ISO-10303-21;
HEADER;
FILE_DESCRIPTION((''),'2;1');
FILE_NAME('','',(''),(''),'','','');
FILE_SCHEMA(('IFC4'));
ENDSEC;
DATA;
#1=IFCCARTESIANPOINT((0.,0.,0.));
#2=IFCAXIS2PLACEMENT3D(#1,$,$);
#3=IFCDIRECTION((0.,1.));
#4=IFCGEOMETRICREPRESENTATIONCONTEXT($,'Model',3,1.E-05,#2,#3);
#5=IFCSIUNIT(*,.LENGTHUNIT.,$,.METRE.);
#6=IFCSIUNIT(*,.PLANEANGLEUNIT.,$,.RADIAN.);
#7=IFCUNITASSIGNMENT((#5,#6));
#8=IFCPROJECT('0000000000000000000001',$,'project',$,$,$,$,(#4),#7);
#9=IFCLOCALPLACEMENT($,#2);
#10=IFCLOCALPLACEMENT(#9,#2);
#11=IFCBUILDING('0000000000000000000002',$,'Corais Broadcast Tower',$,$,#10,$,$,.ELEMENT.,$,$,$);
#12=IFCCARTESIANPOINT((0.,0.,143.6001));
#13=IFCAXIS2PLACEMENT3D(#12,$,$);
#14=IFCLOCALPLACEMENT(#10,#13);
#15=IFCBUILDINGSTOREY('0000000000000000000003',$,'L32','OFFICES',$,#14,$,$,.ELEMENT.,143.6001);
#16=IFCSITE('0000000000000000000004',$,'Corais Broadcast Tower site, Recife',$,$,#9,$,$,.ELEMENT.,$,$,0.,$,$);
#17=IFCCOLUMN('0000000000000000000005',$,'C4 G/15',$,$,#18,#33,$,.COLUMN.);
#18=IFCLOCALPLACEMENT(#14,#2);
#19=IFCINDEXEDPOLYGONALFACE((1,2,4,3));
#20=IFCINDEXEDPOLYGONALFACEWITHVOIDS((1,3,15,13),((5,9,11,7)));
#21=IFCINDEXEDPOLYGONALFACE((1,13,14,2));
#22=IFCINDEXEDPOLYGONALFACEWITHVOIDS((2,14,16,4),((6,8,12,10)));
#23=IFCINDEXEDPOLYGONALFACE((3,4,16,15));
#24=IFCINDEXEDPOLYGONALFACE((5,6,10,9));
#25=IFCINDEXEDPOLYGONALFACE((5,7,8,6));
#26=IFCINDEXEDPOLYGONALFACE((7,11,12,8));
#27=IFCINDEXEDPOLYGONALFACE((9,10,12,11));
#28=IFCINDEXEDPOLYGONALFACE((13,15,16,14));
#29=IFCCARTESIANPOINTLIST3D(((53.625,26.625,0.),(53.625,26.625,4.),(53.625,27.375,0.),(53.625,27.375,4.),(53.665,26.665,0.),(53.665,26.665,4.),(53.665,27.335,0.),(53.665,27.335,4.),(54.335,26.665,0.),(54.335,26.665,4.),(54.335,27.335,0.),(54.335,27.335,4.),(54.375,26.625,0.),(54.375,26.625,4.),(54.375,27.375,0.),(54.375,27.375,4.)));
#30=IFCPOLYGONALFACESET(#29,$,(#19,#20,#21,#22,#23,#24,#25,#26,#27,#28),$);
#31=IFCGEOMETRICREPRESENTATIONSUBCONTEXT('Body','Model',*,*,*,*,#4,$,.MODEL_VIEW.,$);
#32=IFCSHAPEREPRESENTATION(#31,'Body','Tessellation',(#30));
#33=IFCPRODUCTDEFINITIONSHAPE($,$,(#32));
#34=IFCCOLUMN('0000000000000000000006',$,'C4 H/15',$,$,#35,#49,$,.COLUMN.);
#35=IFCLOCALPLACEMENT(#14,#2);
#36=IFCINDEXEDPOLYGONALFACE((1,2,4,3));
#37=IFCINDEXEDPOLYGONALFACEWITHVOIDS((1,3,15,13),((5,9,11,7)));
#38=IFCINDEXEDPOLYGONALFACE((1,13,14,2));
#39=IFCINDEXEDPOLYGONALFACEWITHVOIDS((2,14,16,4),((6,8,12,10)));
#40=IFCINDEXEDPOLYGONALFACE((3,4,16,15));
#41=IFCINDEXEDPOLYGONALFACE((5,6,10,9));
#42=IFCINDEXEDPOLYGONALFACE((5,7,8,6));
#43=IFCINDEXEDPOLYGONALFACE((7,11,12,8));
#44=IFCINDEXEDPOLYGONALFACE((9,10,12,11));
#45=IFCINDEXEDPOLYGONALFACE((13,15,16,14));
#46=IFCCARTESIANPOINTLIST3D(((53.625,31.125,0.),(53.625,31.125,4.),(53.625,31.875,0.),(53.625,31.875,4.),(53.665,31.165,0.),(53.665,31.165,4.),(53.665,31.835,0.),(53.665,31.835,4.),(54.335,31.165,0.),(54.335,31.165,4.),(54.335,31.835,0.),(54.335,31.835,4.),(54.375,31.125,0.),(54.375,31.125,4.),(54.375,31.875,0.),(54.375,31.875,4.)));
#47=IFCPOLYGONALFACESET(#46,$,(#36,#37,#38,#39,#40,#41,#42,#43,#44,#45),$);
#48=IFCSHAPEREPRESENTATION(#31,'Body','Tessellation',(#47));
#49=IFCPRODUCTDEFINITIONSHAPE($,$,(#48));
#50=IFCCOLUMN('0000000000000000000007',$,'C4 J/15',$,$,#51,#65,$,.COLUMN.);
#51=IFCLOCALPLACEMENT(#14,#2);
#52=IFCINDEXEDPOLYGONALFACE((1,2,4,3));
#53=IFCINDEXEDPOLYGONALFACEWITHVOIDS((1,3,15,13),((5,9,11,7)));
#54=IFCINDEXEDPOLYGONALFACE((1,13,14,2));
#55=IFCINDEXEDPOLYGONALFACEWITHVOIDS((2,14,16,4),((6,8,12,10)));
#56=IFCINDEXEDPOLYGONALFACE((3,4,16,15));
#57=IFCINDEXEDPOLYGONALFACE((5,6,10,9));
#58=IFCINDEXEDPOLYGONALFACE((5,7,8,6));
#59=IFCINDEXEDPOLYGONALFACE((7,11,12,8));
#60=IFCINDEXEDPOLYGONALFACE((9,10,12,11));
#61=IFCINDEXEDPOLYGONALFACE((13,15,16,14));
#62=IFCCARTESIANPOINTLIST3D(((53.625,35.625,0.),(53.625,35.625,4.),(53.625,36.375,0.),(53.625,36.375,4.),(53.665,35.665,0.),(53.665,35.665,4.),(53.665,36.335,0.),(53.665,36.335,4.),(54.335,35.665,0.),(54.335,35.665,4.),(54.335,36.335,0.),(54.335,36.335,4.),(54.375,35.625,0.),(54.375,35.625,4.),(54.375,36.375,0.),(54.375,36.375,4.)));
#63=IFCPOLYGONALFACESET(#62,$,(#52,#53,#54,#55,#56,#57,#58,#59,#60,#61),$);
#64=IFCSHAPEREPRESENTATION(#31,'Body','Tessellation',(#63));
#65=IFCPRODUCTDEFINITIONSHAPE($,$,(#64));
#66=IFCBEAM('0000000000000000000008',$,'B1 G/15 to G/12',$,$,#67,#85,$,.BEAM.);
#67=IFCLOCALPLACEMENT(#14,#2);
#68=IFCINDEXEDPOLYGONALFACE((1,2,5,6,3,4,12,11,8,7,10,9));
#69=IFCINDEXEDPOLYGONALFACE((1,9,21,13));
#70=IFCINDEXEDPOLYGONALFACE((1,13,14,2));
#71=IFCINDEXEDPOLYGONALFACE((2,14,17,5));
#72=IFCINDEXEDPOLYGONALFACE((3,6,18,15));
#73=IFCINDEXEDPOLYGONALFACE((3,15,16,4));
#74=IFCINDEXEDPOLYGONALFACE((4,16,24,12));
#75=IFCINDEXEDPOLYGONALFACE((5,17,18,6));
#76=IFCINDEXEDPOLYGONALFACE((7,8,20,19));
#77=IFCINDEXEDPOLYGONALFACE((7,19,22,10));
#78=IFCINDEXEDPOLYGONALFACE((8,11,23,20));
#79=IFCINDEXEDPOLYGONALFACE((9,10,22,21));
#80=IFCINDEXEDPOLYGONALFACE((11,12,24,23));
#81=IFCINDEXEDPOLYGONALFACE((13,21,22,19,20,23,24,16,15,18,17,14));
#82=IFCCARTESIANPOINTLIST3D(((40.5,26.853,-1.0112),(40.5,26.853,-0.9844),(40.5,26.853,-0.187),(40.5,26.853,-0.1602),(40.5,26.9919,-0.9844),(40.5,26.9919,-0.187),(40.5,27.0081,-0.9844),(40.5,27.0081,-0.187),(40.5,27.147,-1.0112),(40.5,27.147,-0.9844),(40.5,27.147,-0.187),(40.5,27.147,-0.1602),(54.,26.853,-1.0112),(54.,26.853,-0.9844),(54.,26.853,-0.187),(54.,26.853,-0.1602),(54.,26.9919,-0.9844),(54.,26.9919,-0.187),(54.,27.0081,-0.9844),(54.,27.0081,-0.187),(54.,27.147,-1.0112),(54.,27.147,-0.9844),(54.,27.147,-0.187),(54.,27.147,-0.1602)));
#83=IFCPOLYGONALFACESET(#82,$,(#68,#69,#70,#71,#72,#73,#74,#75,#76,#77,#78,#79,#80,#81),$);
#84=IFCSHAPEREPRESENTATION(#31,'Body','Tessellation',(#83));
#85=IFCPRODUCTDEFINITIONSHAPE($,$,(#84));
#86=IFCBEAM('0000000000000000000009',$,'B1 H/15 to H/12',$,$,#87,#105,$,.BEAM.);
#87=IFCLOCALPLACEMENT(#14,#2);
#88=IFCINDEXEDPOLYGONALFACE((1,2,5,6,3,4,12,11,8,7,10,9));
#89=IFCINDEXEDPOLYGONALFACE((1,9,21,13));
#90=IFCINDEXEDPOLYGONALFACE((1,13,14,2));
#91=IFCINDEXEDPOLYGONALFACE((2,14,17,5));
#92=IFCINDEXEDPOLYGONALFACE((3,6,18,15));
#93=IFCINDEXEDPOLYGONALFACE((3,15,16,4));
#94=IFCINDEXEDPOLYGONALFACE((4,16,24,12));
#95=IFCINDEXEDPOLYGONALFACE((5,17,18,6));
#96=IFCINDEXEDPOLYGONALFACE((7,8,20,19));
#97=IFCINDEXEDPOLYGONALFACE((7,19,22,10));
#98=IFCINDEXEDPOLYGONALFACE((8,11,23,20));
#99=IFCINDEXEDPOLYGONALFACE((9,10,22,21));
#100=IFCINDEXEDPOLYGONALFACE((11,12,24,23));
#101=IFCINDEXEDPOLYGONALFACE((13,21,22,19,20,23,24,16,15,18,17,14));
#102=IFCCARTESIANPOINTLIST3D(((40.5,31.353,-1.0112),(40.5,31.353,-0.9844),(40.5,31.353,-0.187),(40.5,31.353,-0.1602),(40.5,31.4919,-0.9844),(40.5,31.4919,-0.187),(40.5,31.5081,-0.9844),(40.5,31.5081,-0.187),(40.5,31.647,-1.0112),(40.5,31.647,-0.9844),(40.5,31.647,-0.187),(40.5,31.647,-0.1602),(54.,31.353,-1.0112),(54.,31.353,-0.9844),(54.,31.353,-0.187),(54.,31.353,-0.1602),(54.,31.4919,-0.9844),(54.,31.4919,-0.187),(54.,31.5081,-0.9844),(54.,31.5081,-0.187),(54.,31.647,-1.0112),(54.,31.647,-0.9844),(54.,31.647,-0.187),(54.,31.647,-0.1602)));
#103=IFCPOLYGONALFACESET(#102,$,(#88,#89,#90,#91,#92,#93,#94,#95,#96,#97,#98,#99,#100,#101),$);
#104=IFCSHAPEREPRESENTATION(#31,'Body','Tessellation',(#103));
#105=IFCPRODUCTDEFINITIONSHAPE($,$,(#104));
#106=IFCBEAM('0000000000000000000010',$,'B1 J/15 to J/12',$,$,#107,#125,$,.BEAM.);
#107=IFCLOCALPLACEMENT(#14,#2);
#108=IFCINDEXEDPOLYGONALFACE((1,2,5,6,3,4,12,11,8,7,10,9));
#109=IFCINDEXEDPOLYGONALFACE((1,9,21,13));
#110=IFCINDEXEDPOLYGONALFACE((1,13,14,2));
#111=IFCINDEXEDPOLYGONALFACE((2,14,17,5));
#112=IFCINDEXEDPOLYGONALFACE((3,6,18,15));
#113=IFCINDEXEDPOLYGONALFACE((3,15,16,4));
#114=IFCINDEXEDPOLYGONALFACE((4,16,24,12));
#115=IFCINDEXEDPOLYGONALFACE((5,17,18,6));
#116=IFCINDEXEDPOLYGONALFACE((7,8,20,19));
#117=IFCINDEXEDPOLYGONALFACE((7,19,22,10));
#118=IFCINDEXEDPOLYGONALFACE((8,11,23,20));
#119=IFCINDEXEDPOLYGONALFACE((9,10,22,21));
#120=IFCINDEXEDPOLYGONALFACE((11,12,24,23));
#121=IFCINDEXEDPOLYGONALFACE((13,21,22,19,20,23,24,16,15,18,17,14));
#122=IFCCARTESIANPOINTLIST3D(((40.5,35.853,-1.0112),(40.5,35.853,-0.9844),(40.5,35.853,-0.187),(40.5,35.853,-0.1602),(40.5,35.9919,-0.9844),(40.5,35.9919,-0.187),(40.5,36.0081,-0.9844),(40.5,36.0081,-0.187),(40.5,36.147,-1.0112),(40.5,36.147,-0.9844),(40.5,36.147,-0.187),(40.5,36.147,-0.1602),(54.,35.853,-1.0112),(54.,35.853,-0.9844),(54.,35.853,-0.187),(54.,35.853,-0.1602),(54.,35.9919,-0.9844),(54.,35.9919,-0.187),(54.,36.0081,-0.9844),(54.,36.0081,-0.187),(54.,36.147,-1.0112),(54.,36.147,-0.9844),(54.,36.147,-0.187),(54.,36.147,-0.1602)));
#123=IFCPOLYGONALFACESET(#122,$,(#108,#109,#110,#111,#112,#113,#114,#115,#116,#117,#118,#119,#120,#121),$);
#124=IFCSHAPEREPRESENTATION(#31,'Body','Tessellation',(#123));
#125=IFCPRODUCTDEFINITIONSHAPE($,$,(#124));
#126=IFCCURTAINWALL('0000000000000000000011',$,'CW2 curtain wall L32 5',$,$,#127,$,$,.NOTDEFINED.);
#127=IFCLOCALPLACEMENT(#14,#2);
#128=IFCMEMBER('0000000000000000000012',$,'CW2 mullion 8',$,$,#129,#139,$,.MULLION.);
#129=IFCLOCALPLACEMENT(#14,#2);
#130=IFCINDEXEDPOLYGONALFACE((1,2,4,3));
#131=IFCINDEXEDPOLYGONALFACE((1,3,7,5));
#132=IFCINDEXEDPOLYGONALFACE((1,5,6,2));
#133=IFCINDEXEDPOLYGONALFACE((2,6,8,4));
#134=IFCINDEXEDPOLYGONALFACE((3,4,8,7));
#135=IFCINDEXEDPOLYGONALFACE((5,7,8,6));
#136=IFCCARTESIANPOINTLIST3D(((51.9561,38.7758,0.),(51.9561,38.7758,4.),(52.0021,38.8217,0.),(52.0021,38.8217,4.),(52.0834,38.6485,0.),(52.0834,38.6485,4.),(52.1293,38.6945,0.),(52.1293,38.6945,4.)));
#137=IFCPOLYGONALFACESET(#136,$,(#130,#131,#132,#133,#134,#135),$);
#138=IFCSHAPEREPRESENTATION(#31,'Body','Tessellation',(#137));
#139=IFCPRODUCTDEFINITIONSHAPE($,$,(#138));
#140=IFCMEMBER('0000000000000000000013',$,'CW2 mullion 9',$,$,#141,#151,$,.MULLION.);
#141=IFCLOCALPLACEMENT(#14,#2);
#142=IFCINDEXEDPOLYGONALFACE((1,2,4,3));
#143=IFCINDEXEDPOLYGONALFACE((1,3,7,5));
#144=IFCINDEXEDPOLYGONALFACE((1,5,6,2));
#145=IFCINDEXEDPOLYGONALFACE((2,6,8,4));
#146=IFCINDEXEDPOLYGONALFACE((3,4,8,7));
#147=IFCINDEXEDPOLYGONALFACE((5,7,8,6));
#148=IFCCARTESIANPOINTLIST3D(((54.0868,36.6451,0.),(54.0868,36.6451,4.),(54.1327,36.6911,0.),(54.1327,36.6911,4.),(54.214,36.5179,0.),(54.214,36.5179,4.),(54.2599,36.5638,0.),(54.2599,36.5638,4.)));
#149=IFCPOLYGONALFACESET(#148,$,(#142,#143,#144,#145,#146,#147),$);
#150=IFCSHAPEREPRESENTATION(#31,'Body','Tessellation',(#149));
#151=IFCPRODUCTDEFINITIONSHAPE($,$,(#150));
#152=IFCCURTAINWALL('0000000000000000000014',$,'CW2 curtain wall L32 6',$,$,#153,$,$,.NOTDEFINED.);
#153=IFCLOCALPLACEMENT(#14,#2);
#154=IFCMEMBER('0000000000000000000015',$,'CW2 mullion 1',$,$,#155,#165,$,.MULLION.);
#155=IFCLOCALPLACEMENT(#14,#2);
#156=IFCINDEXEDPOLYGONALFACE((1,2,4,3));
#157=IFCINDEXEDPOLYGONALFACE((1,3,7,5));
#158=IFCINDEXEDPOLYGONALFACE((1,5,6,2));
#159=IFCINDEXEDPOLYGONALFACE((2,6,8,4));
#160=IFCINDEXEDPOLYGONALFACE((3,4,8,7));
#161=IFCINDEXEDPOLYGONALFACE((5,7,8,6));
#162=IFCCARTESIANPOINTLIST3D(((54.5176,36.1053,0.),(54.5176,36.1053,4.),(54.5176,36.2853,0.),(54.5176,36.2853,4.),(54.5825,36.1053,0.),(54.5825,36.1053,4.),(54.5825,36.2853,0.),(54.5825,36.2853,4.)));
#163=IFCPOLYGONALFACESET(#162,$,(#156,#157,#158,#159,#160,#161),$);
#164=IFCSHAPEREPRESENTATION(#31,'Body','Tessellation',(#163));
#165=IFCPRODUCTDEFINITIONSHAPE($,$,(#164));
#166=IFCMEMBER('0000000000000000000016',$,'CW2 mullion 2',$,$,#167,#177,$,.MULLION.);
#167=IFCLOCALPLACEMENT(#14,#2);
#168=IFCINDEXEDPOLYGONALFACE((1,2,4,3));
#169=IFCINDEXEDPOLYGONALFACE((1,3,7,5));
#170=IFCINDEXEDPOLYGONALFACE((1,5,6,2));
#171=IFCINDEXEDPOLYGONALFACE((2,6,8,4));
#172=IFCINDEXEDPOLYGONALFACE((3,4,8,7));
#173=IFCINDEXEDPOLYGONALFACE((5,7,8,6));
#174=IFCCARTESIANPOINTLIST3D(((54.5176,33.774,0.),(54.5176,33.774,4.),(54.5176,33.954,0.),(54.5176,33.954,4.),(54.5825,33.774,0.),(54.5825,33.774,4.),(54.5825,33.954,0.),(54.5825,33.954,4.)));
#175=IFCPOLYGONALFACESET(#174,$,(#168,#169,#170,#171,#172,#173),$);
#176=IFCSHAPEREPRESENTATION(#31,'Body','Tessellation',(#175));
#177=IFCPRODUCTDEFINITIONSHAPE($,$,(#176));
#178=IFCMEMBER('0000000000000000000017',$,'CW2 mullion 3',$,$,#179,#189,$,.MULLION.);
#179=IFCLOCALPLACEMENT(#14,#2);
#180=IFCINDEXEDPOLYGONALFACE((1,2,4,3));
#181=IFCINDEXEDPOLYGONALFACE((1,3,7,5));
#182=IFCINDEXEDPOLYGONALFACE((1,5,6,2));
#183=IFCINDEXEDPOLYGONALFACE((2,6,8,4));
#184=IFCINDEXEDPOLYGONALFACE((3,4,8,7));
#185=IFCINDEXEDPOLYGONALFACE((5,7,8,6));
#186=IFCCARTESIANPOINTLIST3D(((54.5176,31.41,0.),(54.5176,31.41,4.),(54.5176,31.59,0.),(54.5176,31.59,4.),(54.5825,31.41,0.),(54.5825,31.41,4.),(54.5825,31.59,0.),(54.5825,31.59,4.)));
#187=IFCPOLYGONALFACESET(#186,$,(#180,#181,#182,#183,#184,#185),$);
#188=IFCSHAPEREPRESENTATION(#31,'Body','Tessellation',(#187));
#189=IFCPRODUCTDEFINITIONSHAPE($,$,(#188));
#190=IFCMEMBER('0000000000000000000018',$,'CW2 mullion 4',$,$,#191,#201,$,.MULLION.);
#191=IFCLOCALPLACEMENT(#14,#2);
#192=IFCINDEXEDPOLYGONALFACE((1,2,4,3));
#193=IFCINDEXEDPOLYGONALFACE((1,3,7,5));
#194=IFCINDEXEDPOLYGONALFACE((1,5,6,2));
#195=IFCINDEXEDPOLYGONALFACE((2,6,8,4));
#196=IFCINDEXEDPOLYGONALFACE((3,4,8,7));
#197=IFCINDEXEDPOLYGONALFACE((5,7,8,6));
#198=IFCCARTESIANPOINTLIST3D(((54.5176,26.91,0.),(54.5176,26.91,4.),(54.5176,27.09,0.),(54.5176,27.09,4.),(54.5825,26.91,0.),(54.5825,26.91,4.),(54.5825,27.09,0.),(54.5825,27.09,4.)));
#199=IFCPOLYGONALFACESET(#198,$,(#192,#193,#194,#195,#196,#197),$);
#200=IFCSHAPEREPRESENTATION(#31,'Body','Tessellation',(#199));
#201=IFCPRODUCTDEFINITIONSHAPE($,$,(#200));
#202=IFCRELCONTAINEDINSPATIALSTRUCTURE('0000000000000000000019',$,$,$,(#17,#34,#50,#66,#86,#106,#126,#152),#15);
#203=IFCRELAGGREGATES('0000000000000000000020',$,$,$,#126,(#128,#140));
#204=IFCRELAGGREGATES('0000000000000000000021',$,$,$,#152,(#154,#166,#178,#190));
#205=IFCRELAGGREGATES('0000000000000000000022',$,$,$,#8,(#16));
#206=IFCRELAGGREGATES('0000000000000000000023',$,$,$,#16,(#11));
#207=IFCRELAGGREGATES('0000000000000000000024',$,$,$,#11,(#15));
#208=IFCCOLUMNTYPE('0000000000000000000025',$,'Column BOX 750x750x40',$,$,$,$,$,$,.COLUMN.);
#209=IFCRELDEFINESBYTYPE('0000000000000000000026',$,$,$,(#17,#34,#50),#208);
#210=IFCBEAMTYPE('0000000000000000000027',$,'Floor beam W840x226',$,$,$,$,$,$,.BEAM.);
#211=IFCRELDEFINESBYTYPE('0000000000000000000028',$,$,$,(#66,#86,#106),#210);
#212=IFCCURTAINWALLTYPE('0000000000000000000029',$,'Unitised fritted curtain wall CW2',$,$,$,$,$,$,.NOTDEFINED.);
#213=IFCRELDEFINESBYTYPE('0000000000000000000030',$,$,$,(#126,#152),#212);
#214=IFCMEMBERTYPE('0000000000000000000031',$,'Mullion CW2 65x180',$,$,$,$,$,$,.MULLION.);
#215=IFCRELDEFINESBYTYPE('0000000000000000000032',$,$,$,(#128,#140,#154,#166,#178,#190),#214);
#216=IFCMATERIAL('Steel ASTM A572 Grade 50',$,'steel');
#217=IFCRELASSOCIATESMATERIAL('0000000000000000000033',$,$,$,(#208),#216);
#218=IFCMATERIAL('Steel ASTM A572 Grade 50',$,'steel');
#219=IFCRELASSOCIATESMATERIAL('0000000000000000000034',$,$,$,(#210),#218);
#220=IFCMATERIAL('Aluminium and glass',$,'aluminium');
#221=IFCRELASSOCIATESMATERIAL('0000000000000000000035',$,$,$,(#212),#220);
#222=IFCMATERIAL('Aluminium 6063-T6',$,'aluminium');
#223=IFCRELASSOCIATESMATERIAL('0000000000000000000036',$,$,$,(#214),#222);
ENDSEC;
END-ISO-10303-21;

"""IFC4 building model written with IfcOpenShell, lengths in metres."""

from ifc_helpers import new_model, si_unit, direction, frame, origin, origin_2d, place, context, subcontext, project, spatial, rectangle, hollow_rectangle, i_section, extrude, material, material_profile, profile_set, type_object, element, aggregate, save


model = new_model("IFC4")

# Units and contexts
model_context = context("Model", 3, precision=1e-05, world=origin(), true_north=direction((0.0, 1.0)))
body_context = subcontext(model_context, "Body", "Model", "MODEL_VIEW")
ifc_project = project(units=[si_unit("LENGTHUNIT", "METRE"), si_unit("PLANEANGLEUNIT", "RADIAN")], contexts=[model_context])

# Site, building, storey
site_placement = place(None, origin())
site = spatial("IfcSite", under=ifc_project, at=site_placement, Name="Corais Broadcast Tower site, Recife", CompositionType="ELEMENT", RefElevation=0.0)
building_placement = place(site_placement, origin())
building = spatial("IfcBuilding", under=site, at=building_placement, Name="Corais Broadcast Tower", CompositionType="ELEMENT")
storey_placement = place(building_placement, frame((0.0, 0.0, 143.6001)))
storey = spatial("IfcBuildingStorey", under=building, at=storey_placement, Name="L32", Description="OFFICES", CompositionType="ELEMENT", Elevation=143.6001)

# Columns
ifc_material_1 = material(Name="Steel ASTM A572 Grade 50", Category="steel")
ifc_material_profile_1 = material_profile(ifc_material_1, hollow_rectangle(XDim=0.75, YDim=0.75, WallThickness=0.04, at=origin_2d()), Name="BOX 750x750x40")
ifc_profile_set_1 = profile_set([ifc_material_profile_1], Name="Steel ASTM A572 Grade 50")
column_type = type_object("IfcColumnType", Name="Column BOX 750x750x40", PredefinedType="COLUMN", material=ifc_profile_set_1)
for number, where, z_axis, x_axis, name in (
    (1, (54.0, 27.0, 0.0), (0.0, 0.0, 1.0), (1.0, 0.0, 0.0), "C4 G/15"),
    (2, (54.0, 31.5, 0.0), (0.0, 0.0, 1.0), (1.0, 0.0, 0.0), "C4 H/15"),
    (3, (54.0, 36.0, 0.0), (0.0, 0.0, 1.0), (1.0, 0.0, 0.0), "C4 J/15"),
):
    element("IfcColumn", number, at=place(storey_placement, frame(where, z_axis=z_axis, x_axis=x_axis)), inside=storey, type_object=column_type, Name=name, PredefinedType="COLUMN", context=body_context, shape_type="SweptSolid", body=[
        extrude(hollow_rectangle(XDim=0.75, YDim=0.75, WallThickness=0.04, at=origin_2d()), origin(), (0.0, 0.0, 1.0), 4.0),
    ])

# Beams
ifc_material_2 = material(Name="Steel ASTM A572 Grade 50", Category="steel")
ifc_material_profile_2 = material_profile(ifc_material_2, i_section(OverallWidth=0.2939, OverallDepth=0.8511, WebThickness=0.0161, FlangeThickness=0.0269, at=origin_2d()), Name="W840x226")
ifc_profile_set_2 = profile_set([ifc_material_profile_2], Name="Steel ASTM A572 Grade 50")
beam_type_1 = type_object("IfcBeamType", Name="Floor beam W840x226", PredefinedType="BEAM", material=ifc_profile_set_2)
for number, where, z_axis, x_axis, name in (
    (4, (54.0, 27.0, -0.5857), (-1.0, 0.0, 0.0), (0.0, -1.0, 0.0), "B1 G/15 to G/12"),
    (5, (54.0, 31.5, -0.5857), (-1.0, 0.0, 0.0), (0.0, -1.0, 0.0), "B1 H/15 to H/12"),
    (6, (54.0, 36.0, -0.5857), (-1.0, 0.0, 0.0), (0.0, -1.0, 0.0), "B1 J/15 to J/12"),
):
    element("IfcBeam", number, at=place(storey_placement, frame(where, z_axis=z_axis, x_axis=x_axis)), inside=storey, type_object=beam_type_1, Name=name, PredefinedType="BEAM", context=body_context, shape_type="SweptSolid", body=[
        extrude(i_section(OverallWidth=0.2939, OverallDepth=0.8511, WebThickness=0.0161, FlangeThickness=0.0269, at=origin_2d()), origin(), (0.0, 0.0, 1.0), 13.5),
    ])

# Curtain walls, members
ifc_material_3 = material(Name="Aluminium and glass", Category="aluminium")
curtain_wall_type = type_object("IfcCurtainWallType", Name="Unitised fritted curtain wall CW2", PredefinedType="NOTDEFINED", material=ifc_material_3)
curtain_wall_1_placement = place(storey_placement, origin())
curtain_wall_1 = element("IfcCurtainWall", 7, at=curtain_wall_1_placement, inside=storey, type_object=curtain_wall_type, Name="CW2 curtain wall L32 5", PredefinedType="NOTDEFINED")
ifc_material_4 = material(Name="Aluminium 6063-T6", Category="aluminium")
ifc_material_profile_3 = material_profile(ifc_material_4, rectangle(XDim=0.0649, YDim=0.1799, at=origin_2d()), Name="Mullion CW2 65x180")
ifc_profile_set_3 = profile_set([ifc_material_profile_3], Name="Aluminium 6063-T6")
member_type_1 = type_object("IfcMemberType", Name="Mullion CW2 65x180", PredefinedType="MULLION", material=ifc_profile_set_3)
member_1_placement = place(storey_placement, frame((52.0427, 38.7351, 0.0), z_axis=(0.0, 0.0, 1.0), x_axis=(0.707107, 0.707107, 0.0)))
member_1 = element("IfcMember", 8, at=member_1_placement, type_object=member_type_1, Name="CW2 mullion 8", PredefinedType="MULLION", context=body_context, shape_type="SweptSolid", body=[
    extrude(rectangle(XDim=0.0649, YDim=0.1799, at=origin_2d()), origin(), (0.0, 0.0, 1.0), 4.0),
])
member_2_placement = place(storey_placement, frame((54.1733, 36.6045, 0.0), z_axis=(0.0, 0.0, 1.0), x_axis=(0.707107, 0.707107, 0.0)))
member_2 = element("IfcMember", 9, at=member_2_placement, type_object=member_type_1, Name="CW2 mullion 9", PredefinedType="MULLION", context=body_context, shape_type="SweptSolid", body=[
    extrude(rectangle(XDim=0.0649, YDim=0.1799, at=origin_2d()), origin(), (0.0, 0.0, 1.0), 4.0),
])
curtain_wall_2_placement = place(storey_placement, origin())
curtain_wall_2 = element("IfcCurtainWall", 10, at=curtain_wall_2_placement, inside=storey, type_object=curtain_wall_type, Name="CW2 curtain wall L32 6", PredefinedType="NOTDEFINED")
member_3_placement = place(storey_placement, frame((54.55, 36.1953, 0.0), z_axis=(0.0, 0.0, 1.0), x_axis=(1.0, 0.0, 0.0)))
member_3 = element("IfcMember", 11, at=member_3_placement, type_object=member_type_1, Name="CW2 mullion 1", PredefinedType="MULLION", context=body_context, shape_type="SweptSolid", body=[
    extrude(rectangle(XDim=0.0649, YDim=0.1799, at=origin_2d()), origin(), (0.0, 0.0, 1.0), 4.0),
])
member_4_placement = place(storey_placement, frame((54.55, 33.864, 0.0), z_axis=(0.0, 0.0, 1.0), x_axis=(1.0, 0.0, 0.0)))
member_4 = element("IfcMember", 12, at=member_4_placement, type_object=member_type_1, Name="CW2 mullion 2", PredefinedType="MULLION", context=body_context, shape_type="SweptSolid", body=[
    extrude(rectangle(XDim=0.0649, YDim=0.1799, at=origin_2d()), origin(), (0.0, 0.0, 1.0), 4.0),
])
member_5_placement = place(storey_placement, frame((54.55, 31.5, 0.0), z_axis=(0.0, 0.0, 1.0), x_axis=(1.0, 0.0, 0.0)))
member_5 = element("IfcMember", 13, at=member_5_placement, type_object=member_type_1, Name="CW2 mullion 3", PredefinedType="MULLION", context=body_context, shape_type="SweptSolid", body=[
    extrude(rectangle(XDim=0.0649, YDim=0.1799, at=origin_2d()), origin(), (0.0, 0.0, 1.0), 4.0),
])
member_6_placement = place(storey_placement, frame((54.55, 27.0, 0.0), z_axis=(0.0, 0.0, 1.0), x_axis=(1.0, 0.0, 0.0)))
member_6 = element("IfcMember", 14, at=member_6_placement, type_object=member_type_1, Name="CW2 mullion 4", PredefinedType="MULLION", context=body_context, shape_type="SweptSolid", body=[
    extrude(rectangle(XDim=0.0649, YDim=0.1799, at=origin_2d()), origin(), (0.0, 0.0, 1.0), 4.0),
])

aggregate(curtain_wall_1, [member_1, member_2])
aggregate(curtain_wall_2, [member_3, member_4, member_5, member_6])

save(model, "model.ifc")
